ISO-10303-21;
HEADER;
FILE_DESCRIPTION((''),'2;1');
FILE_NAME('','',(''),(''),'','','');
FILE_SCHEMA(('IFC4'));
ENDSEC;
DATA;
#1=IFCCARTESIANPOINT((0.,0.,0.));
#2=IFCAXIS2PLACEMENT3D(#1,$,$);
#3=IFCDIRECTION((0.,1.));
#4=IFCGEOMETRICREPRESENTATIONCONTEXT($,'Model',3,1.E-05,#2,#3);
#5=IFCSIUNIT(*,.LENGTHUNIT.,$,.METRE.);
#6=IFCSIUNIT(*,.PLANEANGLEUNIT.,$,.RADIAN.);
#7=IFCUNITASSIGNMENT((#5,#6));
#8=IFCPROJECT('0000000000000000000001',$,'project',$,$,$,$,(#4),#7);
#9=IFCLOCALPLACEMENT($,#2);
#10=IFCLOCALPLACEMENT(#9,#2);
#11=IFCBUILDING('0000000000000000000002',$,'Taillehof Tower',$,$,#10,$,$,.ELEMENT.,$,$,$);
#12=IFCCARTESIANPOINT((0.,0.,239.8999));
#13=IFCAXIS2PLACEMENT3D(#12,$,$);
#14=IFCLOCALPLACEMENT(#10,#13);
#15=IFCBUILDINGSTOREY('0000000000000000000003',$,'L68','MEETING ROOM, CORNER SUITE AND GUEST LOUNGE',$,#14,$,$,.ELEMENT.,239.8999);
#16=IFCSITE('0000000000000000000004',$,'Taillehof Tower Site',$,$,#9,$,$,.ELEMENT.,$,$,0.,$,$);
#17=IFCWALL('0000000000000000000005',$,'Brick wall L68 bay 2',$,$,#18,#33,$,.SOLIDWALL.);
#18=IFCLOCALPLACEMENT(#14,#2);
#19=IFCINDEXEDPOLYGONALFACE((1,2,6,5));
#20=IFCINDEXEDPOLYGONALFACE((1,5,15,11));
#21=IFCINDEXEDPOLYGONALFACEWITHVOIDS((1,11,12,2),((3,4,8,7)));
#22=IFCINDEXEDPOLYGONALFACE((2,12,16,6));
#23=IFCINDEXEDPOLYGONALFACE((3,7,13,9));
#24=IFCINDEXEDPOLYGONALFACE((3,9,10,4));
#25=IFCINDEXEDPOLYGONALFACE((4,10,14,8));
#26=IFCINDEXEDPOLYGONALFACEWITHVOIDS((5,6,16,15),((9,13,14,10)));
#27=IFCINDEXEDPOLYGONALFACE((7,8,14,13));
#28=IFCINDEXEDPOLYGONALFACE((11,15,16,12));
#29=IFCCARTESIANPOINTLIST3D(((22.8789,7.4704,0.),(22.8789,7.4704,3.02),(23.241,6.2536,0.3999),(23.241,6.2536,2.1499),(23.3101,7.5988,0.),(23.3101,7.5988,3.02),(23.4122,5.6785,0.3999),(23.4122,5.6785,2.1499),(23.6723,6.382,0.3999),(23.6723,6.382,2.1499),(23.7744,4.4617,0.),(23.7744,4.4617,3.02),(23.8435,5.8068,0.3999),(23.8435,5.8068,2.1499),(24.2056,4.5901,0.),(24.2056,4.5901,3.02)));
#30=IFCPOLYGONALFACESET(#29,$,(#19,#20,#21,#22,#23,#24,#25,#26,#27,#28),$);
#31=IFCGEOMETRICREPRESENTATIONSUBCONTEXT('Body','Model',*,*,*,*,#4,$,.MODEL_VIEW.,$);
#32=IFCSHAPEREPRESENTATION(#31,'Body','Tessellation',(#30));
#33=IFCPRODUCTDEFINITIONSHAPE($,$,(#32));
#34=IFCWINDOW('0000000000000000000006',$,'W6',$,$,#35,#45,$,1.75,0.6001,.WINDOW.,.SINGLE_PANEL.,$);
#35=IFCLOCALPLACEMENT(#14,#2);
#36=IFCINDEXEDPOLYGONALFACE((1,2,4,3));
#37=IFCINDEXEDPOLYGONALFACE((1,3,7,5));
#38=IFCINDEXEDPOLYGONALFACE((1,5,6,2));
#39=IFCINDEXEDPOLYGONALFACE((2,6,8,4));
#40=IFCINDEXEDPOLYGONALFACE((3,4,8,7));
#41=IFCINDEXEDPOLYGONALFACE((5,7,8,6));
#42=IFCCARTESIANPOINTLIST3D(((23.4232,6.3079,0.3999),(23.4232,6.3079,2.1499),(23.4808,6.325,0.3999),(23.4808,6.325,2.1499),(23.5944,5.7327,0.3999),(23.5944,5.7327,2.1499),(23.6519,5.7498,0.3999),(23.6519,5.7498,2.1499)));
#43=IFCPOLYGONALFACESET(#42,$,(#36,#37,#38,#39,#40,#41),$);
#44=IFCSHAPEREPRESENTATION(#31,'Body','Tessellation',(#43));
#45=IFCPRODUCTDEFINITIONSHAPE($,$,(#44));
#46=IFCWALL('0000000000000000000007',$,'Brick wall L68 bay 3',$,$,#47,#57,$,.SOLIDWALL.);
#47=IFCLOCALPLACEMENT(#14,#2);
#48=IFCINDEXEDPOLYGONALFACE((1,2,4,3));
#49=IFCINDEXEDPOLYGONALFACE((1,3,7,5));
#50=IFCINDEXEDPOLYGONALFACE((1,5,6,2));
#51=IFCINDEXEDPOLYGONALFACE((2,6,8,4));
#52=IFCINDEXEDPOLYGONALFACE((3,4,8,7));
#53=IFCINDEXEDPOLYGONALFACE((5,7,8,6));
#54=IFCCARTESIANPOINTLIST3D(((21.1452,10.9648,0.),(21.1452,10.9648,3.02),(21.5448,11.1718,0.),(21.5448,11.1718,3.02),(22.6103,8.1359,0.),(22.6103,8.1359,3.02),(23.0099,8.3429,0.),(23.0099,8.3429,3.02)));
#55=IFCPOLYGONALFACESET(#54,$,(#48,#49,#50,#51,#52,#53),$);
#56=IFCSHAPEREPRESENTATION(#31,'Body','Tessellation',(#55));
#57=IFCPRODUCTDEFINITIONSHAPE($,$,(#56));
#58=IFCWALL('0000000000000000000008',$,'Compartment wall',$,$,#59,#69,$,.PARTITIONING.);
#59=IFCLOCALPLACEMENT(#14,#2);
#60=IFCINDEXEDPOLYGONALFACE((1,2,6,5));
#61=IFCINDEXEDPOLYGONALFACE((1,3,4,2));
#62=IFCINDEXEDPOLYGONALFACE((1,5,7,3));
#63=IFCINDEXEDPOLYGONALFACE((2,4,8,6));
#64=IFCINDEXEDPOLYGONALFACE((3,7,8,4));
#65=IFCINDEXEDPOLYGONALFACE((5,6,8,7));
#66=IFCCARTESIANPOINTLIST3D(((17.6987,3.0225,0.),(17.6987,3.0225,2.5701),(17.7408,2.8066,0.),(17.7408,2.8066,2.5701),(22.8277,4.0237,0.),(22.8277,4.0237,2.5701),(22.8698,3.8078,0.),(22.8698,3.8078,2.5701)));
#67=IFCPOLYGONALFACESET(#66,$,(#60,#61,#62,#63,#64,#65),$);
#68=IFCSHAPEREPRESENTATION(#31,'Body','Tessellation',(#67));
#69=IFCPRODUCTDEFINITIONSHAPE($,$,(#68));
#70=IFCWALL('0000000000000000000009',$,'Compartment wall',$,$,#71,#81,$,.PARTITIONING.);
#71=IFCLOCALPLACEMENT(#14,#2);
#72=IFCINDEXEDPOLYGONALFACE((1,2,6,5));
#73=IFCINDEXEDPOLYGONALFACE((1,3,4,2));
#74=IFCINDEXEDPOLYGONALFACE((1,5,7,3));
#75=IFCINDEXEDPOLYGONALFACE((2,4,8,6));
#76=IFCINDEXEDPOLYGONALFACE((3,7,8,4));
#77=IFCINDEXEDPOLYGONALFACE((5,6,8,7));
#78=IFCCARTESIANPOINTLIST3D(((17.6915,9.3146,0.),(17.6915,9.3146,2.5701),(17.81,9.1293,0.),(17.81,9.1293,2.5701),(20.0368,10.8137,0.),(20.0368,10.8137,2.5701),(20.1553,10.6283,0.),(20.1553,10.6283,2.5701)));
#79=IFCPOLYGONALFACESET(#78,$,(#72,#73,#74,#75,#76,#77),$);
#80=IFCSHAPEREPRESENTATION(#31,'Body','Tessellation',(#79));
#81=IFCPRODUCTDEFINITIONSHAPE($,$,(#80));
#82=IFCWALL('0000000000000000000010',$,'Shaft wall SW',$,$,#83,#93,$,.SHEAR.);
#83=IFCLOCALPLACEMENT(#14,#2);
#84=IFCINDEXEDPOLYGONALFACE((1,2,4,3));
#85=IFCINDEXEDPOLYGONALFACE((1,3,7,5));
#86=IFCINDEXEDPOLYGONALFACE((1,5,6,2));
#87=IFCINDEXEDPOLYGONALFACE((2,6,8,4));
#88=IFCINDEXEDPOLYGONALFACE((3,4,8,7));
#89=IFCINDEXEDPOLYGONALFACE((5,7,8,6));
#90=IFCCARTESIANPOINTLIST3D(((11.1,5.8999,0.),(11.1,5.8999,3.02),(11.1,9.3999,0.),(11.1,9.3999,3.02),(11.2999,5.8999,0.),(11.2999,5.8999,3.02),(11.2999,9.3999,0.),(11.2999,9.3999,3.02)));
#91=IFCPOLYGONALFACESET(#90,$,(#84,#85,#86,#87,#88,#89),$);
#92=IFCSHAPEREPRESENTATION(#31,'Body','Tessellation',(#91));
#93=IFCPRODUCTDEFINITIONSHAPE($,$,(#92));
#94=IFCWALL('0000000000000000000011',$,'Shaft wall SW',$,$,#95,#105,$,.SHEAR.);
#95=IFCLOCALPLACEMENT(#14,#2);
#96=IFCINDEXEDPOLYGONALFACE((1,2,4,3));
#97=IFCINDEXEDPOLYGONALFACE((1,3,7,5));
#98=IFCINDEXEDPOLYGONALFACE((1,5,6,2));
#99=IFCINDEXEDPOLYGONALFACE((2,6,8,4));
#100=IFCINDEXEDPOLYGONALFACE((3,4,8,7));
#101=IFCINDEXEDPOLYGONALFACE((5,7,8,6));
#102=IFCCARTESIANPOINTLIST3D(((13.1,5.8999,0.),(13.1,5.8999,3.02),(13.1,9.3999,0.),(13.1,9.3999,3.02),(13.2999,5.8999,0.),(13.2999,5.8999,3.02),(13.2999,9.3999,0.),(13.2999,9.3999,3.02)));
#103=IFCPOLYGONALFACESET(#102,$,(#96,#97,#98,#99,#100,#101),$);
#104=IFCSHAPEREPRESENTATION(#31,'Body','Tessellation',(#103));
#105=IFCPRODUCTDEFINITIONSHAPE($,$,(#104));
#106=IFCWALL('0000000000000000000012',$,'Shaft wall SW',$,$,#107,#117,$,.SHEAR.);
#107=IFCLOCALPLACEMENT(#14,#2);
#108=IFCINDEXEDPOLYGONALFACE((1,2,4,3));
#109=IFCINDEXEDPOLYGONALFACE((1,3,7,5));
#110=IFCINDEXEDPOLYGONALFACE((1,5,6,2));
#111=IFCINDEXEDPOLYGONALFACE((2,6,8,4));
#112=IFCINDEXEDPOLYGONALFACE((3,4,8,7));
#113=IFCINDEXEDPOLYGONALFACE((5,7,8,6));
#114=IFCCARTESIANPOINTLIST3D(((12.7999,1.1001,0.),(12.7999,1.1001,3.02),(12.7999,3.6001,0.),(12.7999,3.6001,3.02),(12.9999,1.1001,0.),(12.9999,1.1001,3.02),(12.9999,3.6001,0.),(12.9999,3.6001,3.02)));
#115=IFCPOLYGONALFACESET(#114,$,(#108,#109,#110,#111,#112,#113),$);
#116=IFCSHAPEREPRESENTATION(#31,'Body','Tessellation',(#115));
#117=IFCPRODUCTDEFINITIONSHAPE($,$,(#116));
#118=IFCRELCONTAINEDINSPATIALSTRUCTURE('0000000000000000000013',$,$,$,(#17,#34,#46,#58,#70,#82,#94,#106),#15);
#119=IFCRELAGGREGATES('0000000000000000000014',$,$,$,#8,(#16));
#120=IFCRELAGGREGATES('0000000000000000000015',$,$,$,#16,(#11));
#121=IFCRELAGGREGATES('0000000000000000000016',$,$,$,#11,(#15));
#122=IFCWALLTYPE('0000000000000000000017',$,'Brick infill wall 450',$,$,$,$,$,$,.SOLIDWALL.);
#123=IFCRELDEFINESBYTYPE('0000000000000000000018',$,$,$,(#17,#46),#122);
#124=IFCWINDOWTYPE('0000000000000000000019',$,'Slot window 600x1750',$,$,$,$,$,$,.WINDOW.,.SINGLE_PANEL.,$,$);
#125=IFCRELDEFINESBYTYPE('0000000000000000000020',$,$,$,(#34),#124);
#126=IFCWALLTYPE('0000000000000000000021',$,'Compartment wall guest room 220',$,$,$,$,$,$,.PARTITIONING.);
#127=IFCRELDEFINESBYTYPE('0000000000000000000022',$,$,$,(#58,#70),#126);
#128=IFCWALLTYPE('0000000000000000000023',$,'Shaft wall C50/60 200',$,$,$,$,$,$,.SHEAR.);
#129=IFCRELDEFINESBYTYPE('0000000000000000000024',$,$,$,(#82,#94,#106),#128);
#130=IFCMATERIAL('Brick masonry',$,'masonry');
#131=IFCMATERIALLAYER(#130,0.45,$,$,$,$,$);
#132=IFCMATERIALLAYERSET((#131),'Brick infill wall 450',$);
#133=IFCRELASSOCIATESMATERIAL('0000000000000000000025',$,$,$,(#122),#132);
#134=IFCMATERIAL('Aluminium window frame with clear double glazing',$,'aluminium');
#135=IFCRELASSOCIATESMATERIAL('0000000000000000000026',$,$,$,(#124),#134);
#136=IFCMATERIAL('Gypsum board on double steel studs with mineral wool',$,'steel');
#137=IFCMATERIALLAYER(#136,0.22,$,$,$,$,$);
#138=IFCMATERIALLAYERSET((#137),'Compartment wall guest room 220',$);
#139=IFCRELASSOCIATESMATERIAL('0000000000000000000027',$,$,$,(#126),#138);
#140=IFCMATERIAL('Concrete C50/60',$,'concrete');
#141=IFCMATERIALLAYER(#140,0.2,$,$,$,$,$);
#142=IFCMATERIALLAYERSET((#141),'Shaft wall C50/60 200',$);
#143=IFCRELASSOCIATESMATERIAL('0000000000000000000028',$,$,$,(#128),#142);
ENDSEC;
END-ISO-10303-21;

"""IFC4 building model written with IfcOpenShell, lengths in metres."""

from ifc_helpers import new_model, si_unit, direction, frame, frame_2d, origin, place, context, subcontext, project, spatial, rectangle, extrude, material, layer, layer_set, type_object, element, fill, save


model = new_model("IFC4")

# Units and contexts
model_context = context("Model", 3, precision=1e-05, world=origin(), true_north=direction((0.0, 1.0)))
body_context = subcontext(model_context, "Body", "Model", "MODEL_VIEW")
ifc_project = project(units=[si_unit("LENGTHUNIT", "METRE"), si_unit("PLANEANGLEUNIT", "RADIAN")], contexts=[model_context])

# Site, building, storey
site_placement = place(None, origin())
site = spatial("IfcSite", under=ifc_project, at=site_placement, Name="Taillehof Tower Site", CompositionType="ELEMENT", RefElevation=0.0)
building_placement = place(site_placement, origin())
building = spatial("IfcBuilding", under=site, at=building_placement, Name="Taillehof Tower", CompositionType="ELEMENT")
storey_placement = place(building_placement, frame((0.0, 0.0, 239.8999)))
storey = spatial("IfcBuildingStorey", under=building, at=storey_placement, Name="L68", Description="MEETING ROOM, CORNER SUITE AND GUEST LOUNGE", CompositionType="ELEMENT", Elevation=239.8999)

# Shared definitions
ifc_material_1 = material(Name="Brick masonry", Category="masonry")
ifc_layer_1 = layer(ifc_material_1, 0.45)
ifc_layer_set_1 = layer_set([ifc_layer_1], Name="Brick infill wall 450")
wall_type_1 = type_object("IfcWallType", Name="Brick infill wall 450", PredefinedType="SOLIDWALL", material=ifc_layer_set_1)

# Wall, opening, window
wall_1_placement = place(storey_placement, frame((23.99, 4.5259, 0.0), z_axis=(0.0, 0.0, 1.0), x_axis=(-0.285264, 0.958449, 0.0)))
wall_1 = element("IfcWall", 1, at=wall_1_placement, inside=storey, type_object=wall_type_1, Name="Brick wall L68 bay 2", PredefinedType="SOLIDWALL", context=body_context, shape_type="SweptSolid", body=[
    extrude(rectangle(XDim=3.1392, YDim=0.45, at=frame_2d((1.5696, 0.0))), origin(), (0.0, 0.0, 1.0), 3.02),
])
opening_placement = place(wall_1_placement, frame((1.2695, 0.0, 0.3999)))
opening = element("IfcOpeningElement", 2, at=opening_placement, cuts=wall_1, PredefinedType="OPENING", context=body_context, shape_type="SweptSolid", body=[
    extrude(rectangle(XDim=0.6001, YDim=1.75, at=frame_2d((0.3, 0.875))), frame((0.0, 0.2349, 0.0), z_axis=(0.0, -1.0, 0.0), x_axis=(1.0, 0.0, 0.0)), (0.0, 0.0, 1.0), 0.47),
])
ifc_material_2 = material(Name="Aluminium window frame with clear double glazing", Category="aluminium")
window_type = type_object("IfcWindowType", Name="Slot window 600x1750", PartitioningType="SINGLE_PANEL", PredefinedType="WINDOW", material=ifc_material_2)
window_placement = place(opening_placement, origin())
window = element("IfcWindow", 3, at=window_placement, inside=storey, type_object=window_type, Name="W6", OverallHeight=1.75, OverallWidth=0.6001, PartitioningType="SINGLE_PANEL", PredefinedType="WINDOW", context=body_context, shape_type="SweptSolid", body=[
    extrude(rectangle(XDim=0.6001, YDim=1.75, at=frame_2d((0.3, 0.875))), frame((0.0, 0.0349, 0.0), z_axis=(0.0, -1.0, 0.0), x_axis=(1.0, 0.0, 0.0)), (0.0, 0.0, 1.0), 0.0601),
])
fill(opening, window)

# Walls
wall_2_placement = place(storey_placement, frame((22.8101, 8.2395, 0.0), z_axis=(0.0, 0.0, 1.0), x_axis=(-0.45989, 0.887976, 0.0)))
element("IfcWall", 4, at=wall_2_placement, inside=storey, type_object=wall_type_1, Name="Brick wall L68 bay 3", PredefinedType="SOLIDWALL", context=body_context, shape_type="SweptSolid", body=[
    extrude(rectangle(XDim=3.1858, YDim=0.45, at=frame_2d((1.5928, 0.0))), origin(), (0.0, 0.0, 1.0), 3.02),
])
ifc_material_3 = material(Name="Gypsum board on double steel studs with mineral wool", Category="steel")
ifc_layer_2 = layer(ifc_material_3, 0.22)
ifc_layer_set_2 = layer_set([ifc_layer_2], Name="Compartment wall guest room 220")
wall_type_2 = type_object("IfcWallType", Name="Compartment wall guest room 220", PredefinedType="PARTITIONING", material=ifc_layer_set_2)
wall_3_placement = place(storey_placement, frame((22.8486, 3.9158, 0.0), z_axis=(0.0, 0.0, 1.0), x_axis=(-0.981474, -0.191595, 0.0)))
element("IfcWall", 5, at=wall_3_placement, inside=storey, type_object=wall_type_2, Name="Compartment wall", PredefinedType="PARTITIONING", context=body_context, shape_type="SweptSolid", body=[
    extrude(rectangle(XDim=5.2258, YDim=0.22, at=frame_2d((2.6128, 0.0))), origin(), (0.0, 0.0, 1.0), 2.5701),
])
wall_4_placement = place(storey_placement, frame((20.0959, 10.7209, 0.0), z_axis=(0.0, 0.0, 1.0), x_axis=(-0.842583, -0.538566, 0.0)))
element("IfcWall", 6, at=wall_4_placement, inside=storey, type_object=wall_type_2, Name="Compartment wall", PredefinedType="PARTITIONING", context=body_context, shape_type="SweptSolid", body=[
    extrude(rectangle(XDim=2.7834, YDim=0.22, at=frame_2d((1.3916, 0.0))), origin(), (0.0, 0.0, 1.0), 2.5701),
])
ifc_material_4 = material(Name="Concrete C50/60", Category="concrete")
ifc_layer_3 = layer(ifc_material_4, 0.2)
ifc_layer_set_3 = layer_set([ifc_layer_3], Name="Shaft wall C50/60 200")
wall_type_3 = type_object("IfcWallType", Name="Shaft wall C50/60 200", PredefinedType="SHEAR", material=ifc_layer_set_3)
for number, where, z_axis, x_axis, name in (
    (7, (11.2, 5.8999, 0.0), (0.0, 0.0, 1.0), (0.0, 1.0, 0.0), "Shaft wall SW"),
    (8, (13.2, 5.8999, 0.0), (0.0, 0.0, 1.0), (0.0, 1.0, 0.0), "Shaft wall SW"),
):
    element("IfcWall", number, at=place(storey_placement, frame(where, z_axis=z_axis, x_axis=x_axis)), inside=storey, type_object=wall_type_3, Name=name, PredefinedType="SHEAR", context=body_context, shape_type="SweptSolid", body=[
        extrude(rectangle(XDim=3.5, YDim=0.2, at=frame_2d((1.75, 0.0))), origin(), (0.0, 0.0, 1.0), 3.02),
    ])
wall_5_placement = place(storey_placement, frame((12.8999, 1.1001, 0.0), z_axis=(0.0, 0.0, 1.0), x_axis=(0.0, 1.0, 0.0)))
element("IfcWall", 9, at=wall_5_placement, inside=storey, type_object=wall_type_3, Name="Shaft wall SW", PredefinedType="SHEAR", context=body_context, shape_type="SweptSolid", body=[
    extrude(rectangle(XDim=2.5, YDim=0.2, at=frame_2d((1.25, 0.0))), origin(), (0.0, 0.0, 1.0), 3.02),
])

save(model, "model.ifc")
